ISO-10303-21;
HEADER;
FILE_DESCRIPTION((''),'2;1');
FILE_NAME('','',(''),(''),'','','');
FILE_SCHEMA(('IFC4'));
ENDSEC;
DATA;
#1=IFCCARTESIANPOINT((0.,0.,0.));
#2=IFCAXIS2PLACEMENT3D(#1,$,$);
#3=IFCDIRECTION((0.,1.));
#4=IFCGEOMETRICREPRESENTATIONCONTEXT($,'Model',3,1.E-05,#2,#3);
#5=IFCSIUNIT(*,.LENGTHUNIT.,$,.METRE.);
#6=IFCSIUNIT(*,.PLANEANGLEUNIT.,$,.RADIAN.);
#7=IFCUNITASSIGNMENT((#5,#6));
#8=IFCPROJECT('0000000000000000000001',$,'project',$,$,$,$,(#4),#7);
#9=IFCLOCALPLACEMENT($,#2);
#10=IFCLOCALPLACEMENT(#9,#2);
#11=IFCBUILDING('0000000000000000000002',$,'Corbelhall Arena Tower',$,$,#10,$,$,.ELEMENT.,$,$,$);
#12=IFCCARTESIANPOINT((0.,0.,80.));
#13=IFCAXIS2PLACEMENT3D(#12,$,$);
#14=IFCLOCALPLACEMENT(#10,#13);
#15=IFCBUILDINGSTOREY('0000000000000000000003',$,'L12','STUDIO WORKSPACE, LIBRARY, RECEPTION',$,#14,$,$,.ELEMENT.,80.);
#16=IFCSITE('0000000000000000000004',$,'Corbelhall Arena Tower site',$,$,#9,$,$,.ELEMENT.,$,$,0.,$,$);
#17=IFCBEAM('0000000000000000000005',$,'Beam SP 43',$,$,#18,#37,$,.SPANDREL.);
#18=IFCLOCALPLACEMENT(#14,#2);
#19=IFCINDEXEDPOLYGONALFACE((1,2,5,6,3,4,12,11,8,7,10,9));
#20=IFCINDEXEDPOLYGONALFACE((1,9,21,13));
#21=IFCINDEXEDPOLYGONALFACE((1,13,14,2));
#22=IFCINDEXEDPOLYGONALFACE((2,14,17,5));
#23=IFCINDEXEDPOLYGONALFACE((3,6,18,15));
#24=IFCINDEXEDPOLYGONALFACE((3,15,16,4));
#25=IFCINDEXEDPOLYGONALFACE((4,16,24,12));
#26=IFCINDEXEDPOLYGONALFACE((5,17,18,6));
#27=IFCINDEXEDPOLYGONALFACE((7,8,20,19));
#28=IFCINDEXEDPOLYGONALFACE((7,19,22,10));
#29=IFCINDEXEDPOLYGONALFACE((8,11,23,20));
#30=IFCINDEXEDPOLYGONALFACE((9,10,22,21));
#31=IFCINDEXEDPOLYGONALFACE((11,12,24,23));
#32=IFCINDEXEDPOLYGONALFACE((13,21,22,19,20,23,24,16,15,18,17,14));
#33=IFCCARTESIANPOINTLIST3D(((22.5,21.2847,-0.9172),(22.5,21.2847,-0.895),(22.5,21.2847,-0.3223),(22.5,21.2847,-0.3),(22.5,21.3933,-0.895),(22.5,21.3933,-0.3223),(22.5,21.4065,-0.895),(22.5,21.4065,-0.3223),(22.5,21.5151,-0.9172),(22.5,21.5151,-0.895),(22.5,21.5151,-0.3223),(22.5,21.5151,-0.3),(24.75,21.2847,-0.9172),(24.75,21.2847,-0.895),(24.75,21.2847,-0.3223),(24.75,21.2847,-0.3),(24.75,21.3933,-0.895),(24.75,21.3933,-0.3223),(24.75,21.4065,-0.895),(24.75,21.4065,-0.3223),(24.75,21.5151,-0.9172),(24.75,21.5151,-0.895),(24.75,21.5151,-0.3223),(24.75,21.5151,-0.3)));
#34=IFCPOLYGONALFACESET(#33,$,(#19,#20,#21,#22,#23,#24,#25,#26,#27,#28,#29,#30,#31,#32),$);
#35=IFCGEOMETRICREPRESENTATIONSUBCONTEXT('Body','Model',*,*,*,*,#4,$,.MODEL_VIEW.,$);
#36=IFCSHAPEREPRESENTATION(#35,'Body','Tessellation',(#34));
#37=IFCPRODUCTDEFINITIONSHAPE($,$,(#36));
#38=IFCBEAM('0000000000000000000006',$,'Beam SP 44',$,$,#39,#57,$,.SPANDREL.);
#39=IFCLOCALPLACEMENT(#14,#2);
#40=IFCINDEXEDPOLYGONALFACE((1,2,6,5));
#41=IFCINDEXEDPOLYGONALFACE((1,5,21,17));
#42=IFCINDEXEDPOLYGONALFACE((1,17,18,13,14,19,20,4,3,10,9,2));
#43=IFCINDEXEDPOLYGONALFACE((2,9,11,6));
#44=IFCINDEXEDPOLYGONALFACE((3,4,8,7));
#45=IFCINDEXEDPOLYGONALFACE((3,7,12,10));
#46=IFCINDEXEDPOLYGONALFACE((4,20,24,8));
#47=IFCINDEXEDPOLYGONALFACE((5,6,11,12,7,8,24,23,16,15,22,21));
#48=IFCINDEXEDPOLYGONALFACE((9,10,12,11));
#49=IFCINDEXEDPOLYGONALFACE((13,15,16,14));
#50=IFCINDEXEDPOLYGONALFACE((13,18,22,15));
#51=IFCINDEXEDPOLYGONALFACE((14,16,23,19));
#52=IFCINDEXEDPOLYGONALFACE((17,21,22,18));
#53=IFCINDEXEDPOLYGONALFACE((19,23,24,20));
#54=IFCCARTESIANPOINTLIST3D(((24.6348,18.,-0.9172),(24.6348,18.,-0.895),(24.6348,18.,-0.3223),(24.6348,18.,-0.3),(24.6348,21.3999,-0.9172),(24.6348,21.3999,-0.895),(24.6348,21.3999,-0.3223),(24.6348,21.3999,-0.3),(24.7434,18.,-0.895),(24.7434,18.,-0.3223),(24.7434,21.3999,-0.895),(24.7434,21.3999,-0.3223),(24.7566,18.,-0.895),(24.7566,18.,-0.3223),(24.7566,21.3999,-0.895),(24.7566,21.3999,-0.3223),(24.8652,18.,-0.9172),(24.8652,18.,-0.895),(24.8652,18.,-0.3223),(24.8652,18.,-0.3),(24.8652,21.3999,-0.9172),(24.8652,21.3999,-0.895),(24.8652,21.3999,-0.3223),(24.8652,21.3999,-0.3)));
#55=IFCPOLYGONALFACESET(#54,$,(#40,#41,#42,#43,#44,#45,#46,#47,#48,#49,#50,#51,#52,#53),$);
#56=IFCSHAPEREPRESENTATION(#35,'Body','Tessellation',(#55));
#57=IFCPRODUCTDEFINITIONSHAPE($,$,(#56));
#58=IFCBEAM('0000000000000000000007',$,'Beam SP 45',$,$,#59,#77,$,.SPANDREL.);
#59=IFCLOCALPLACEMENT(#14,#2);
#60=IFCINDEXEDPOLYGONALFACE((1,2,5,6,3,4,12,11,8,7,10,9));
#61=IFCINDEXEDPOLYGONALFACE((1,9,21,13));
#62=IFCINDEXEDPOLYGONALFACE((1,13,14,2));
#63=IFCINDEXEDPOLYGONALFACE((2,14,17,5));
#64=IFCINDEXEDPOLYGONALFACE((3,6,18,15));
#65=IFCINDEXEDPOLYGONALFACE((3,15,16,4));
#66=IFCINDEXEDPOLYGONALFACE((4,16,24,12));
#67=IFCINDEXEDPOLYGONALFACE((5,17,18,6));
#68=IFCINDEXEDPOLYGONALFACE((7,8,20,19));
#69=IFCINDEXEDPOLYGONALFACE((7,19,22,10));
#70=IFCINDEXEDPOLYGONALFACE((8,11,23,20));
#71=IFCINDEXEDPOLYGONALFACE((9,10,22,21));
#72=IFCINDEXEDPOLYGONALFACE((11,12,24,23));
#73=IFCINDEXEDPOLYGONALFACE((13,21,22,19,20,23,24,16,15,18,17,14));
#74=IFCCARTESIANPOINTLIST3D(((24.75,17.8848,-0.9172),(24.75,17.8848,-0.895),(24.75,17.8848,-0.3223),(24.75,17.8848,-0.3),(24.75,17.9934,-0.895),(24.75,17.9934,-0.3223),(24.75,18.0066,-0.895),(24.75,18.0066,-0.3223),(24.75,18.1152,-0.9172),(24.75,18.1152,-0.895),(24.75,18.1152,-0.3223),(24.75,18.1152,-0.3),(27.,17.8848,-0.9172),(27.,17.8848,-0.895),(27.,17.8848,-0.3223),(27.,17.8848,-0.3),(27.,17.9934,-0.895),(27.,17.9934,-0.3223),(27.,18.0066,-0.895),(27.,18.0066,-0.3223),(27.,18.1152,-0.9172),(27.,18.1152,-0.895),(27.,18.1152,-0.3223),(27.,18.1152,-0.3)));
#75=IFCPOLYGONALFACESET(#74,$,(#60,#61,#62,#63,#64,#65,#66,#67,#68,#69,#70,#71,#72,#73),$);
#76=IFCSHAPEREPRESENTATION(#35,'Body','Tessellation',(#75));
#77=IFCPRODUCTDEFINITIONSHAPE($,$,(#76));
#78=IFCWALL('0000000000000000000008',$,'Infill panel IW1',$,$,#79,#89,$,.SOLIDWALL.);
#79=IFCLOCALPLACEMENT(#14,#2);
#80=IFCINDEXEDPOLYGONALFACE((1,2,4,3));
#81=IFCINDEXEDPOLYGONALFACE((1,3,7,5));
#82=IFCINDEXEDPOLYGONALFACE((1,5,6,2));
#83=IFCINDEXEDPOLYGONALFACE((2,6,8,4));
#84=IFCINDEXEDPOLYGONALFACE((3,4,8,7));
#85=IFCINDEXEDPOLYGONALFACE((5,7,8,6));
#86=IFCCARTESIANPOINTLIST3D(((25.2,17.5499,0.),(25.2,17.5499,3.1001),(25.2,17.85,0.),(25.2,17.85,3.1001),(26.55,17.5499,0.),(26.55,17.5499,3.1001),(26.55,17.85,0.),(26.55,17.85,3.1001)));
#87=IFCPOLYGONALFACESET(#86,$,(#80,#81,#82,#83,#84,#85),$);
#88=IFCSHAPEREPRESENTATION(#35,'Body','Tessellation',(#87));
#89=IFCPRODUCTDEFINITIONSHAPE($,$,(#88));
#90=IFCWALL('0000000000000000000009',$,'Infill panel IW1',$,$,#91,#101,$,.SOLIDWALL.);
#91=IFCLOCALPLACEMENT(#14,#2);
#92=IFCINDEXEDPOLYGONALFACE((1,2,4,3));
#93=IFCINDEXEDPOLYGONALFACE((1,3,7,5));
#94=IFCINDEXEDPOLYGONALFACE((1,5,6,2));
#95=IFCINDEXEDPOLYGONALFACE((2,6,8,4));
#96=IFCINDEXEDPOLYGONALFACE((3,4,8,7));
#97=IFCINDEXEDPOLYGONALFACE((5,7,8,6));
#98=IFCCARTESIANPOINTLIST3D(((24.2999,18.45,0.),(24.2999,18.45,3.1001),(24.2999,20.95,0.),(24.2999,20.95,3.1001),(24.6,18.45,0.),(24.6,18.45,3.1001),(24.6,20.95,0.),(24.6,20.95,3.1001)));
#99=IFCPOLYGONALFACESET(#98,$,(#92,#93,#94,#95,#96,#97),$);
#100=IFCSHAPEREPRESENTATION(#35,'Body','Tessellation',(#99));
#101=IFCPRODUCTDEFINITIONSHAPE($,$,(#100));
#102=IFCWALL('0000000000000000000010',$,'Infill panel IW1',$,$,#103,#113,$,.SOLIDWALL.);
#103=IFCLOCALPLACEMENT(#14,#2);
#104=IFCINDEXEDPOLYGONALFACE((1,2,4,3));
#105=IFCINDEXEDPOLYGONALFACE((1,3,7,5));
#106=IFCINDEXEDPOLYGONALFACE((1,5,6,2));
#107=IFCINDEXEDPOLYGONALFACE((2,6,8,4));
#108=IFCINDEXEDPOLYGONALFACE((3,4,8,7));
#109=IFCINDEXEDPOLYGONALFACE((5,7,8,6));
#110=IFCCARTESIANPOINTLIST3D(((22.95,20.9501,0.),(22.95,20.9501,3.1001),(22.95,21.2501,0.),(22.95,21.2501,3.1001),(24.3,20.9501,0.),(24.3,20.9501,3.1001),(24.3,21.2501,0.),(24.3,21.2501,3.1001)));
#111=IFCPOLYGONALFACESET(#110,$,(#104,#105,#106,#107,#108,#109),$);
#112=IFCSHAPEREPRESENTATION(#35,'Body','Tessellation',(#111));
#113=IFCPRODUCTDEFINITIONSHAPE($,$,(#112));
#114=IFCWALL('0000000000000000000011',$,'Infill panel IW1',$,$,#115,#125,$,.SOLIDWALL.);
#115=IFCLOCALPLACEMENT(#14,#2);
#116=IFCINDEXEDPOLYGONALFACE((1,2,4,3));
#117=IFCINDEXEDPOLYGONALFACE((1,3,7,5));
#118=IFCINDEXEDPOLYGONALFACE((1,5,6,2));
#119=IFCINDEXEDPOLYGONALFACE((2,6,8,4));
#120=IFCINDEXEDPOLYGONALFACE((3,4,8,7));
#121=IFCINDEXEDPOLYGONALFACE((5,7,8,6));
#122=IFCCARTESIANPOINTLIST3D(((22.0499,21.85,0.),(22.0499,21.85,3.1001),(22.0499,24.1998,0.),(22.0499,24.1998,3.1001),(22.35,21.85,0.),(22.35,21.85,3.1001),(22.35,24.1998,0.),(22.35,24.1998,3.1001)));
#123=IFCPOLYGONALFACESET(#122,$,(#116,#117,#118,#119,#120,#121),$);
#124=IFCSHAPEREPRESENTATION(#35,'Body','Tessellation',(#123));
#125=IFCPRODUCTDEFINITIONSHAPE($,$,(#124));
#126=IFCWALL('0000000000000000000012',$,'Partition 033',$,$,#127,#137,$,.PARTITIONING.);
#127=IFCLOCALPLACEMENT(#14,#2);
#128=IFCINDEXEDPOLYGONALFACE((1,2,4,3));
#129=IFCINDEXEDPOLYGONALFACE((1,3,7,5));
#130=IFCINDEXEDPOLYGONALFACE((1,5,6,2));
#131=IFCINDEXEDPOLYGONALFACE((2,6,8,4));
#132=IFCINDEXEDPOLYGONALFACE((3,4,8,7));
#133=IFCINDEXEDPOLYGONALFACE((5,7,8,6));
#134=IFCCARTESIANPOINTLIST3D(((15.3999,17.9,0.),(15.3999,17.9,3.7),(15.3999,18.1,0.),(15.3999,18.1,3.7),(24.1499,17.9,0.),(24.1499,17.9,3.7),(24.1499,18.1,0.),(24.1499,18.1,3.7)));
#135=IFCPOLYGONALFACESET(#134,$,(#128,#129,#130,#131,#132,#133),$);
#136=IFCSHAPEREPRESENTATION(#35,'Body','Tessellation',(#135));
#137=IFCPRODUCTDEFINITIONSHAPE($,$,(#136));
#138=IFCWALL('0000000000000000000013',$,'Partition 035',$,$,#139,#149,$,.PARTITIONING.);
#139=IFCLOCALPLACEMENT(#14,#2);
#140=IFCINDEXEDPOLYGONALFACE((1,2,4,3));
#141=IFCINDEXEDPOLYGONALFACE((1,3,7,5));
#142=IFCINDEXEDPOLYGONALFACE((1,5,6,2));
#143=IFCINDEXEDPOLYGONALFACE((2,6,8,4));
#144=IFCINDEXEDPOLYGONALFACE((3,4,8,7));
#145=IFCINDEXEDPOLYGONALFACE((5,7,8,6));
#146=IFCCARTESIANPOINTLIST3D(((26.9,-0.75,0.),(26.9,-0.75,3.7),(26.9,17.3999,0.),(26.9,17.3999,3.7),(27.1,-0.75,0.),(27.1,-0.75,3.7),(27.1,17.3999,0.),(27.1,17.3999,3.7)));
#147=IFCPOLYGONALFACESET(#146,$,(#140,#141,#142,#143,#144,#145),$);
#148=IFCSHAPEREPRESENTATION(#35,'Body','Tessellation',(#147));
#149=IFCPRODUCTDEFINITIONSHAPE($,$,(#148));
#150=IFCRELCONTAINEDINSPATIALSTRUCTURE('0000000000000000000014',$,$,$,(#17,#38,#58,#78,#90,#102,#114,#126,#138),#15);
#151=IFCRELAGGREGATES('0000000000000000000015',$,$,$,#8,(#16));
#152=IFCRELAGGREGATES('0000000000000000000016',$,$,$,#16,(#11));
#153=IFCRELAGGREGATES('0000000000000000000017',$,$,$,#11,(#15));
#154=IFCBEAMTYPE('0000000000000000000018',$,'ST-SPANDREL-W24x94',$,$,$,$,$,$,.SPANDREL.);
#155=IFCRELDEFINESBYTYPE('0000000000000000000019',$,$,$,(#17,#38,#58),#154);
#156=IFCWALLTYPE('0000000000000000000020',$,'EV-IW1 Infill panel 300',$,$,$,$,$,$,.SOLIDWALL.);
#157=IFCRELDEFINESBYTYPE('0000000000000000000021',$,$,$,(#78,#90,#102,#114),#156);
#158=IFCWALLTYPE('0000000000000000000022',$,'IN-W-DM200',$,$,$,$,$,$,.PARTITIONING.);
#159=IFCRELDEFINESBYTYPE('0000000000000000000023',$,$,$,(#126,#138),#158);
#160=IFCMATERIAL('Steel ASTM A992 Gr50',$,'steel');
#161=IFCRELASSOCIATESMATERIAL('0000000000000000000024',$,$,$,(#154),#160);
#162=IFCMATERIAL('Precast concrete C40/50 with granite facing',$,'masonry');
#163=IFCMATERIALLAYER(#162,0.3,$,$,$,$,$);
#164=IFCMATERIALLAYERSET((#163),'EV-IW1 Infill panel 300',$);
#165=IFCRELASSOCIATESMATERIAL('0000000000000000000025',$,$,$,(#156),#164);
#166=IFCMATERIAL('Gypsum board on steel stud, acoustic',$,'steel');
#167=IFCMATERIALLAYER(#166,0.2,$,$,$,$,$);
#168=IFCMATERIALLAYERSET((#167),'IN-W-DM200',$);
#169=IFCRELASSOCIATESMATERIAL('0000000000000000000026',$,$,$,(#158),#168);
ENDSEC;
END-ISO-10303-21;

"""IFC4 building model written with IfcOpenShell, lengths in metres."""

from ifc_helpers import new_model, si_unit, direction, frame, frame_2d, origin, origin_2d, place, context, subcontext, project, spatial, rectangle, i_section, extrude, material, layer, layer_set, material_profile, profile_set, type_object, element, save


model = new_model("IFC4")

# Units and contexts
model_context = context("Model", 3, precision=1e-05, world=origin(), true_north=direction((0.0, 1.0)))
body_context = subcontext(model_context, "Body", "Model", "MODEL_VIEW")
ifc_project = project(units=[si_unit("LENGTHUNIT", "METRE"), si_unit("PLANEANGLEUNIT", "RADIAN")], contexts=[model_context])

# Site, building, storey
site_placement = place(None, origin())
site = spatial("IfcSite", under=ifc_project, at=site_placement, Name="Corbelhall Arena Tower site", CompositionType="ELEMENT", RefElevation=0.0)
building_placement = place(site_placement, origin())
building = spatial("IfcBuilding", under=site, at=building_placement, Name="Corbelhall Arena Tower", CompositionType="ELEMENT")
storey_placement = place(building_placement, frame((0.0, 0.0, 80.0)))
storey = spatial("IfcBuildingStorey", under=building, at=storey_placement, Name="L12", Description="STUDIO WORKSPACE, LIBRARY, RECEPTION", CompositionType="ELEMENT", Elevation=80.0)

# Beams
ifc_material_1 = material(Name="Steel ASTM A992 Gr50", Category="steel")
ifc_material_profile_1 = material_profile(ifc_material_1, i_section(OverallWidth=0.2305, OverallDepth=0.6172, WebThickness=0.0132, FlangeThickness=0.0222, at=origin_2d()))
ifc_profile_set_1 = profile_set([ifc_material_profile_1], Name="Steel ASTM A992 Gr50")
beam_type = type_object("IfcBeamType", Name="ST-SPANDREL-W24x94", PredefinedType="SPANDREL", material=ifc_profile_set_1)
beam_1_placement = place(storey_placement, frame((22.5, 21.3999, -0.6086), z_axis=(1.0, 0.0, 0.0), x_axis=(0.0, 1.0, 0.0)))
element("IfcBeam", 1, at=beam_1_placement, inside=storey, type_object=beam_type, Name="Beam SP 43", PredefinedType="SPANDREL", context=body_context, shape_type="SweptSolid", body=[
    extrude(i_section(OverallWidth=0.2305, OverallDepth=0.6172, WebThickness=0.0132, FlangeThickness=0.0222, at=origin_2d()), origin(), (0.0, 0.0, 1.0), 2.25),
])
beam_2_placement = place(storey_placement, frame((24.75, 21.3999, -0.6086), z_axis=(0.0, -1.0, 0.0), x_axis=(1.0, 0.0, 0.0)))
element("IfcBeam", 2, at=beam_2_placement, inside=storey, type_object=beam_type, Name="Beam SP 44", PredefinedType="SPANDREL", context=body_context, shape_type="SweptSolid", body=[
    extrude(i_section(OverallWidth=0.2305, OverallDepth=0.6172, WebThickness=0.0132, FlangeThickness=0.0222, at=origin_2d()), origin(), (0.0, 0.0, 1.0), 3.3999),
])
beam_3_placement = place(storey_placement, frame((24.75, 18.0, -0.6086), z_axis=(1.0, 0.0, 0.0), x_axis=(0.0, 1.0, 0.0)))
element("IfcBeam", 3, at=beam_3_placement, inside=storey, type_object=beam_type, Name="Beam SP 45", PredefinedType="SPANDREL", context=body_context, shape_type="SweptSolid", body=[
    extrude(i_section(OverallWidth=0.2305, OverallDepth=0.6172, WebThickness=0.0132, FlangeThickness=0.0222, at=origin_2d()), origin(), (0.0, 0.0, 1.0), 2.25),
])

# Walls
ifc_material_2 = material(Name="Precast concrete C40/50 with granite facing", Category="masonry")
ifc_layer_1 = layer(ifc_material_2, 0.3)
ifc_layer_set_1 = layer_set([ifc_layer_1], Name="EV-IW1 Infill panel 300")
wall_type_1 = type_object("IfcWallType", Name="EV-IW1 Infill panel 300", PredefinedType="SOLIDWALL", material=ifc_layer_set_1)
wall_1_placement = place(storey_placement, frame((26.55, 17.7, 0.0), z_axis=(0.0, 0.0, 1.0), x_axis=(-1.0, 0.0, 0.0)))
element("IfcWall", 4, at=wall_1_placement, inside=storey, type_object=wall_type_1, Name="Infill panel IW1", PredefinedType="SOLIDWALL", context=body_context, shape_type="SweptSolid", body=[
    extrude(rectangle(XDim=1.3501, YDim=0.3, at=frame_2d((0.675, 0.0))), origin(), (0.0, 0.0, 1.0), 3.1001),
])
wall_2_placement = place(storey_placement, frame((24.45, 18.45, 0.0), z_axis=(0.0, 0.0, 1.0), x_axis=(0.0, 1.0, 0.0)))
element("IfcWall", 5, at=wall_2_placement, inside=storey, type_object=wall_type_1, Name="Infill panel IW1", PredefinedType="SOLIDWALL", context=body_context, shape_type="SweptSolid", body=[
    extrude(rectangle(XDim=2.5, YDim=0.3, at=frame_2d((1.25, 0.0))), origin(), (0.0, 0.0, 1.0), 3.1001),
])
wall_3_placement = place(storey_placement, frame((24.3, 21.1001, 0.0), z_axis=(0.0, 0.0, 1.0), x_axis=(-1.0, 0.0, 0.0)))
element("IfcWall", 6, at=wall_3_placement, inside=storey, type_object=wall_type_1, Name="Infill panel IW1", PredefinedType="SOLIDWALL", context=body_context, shape_type="SweptSolid", body=[
    extrude(rectangle(XDim=1.3501, YDim=0.3, at=frame_2d((0.675, 0.0))), origin(), (0.0, 0.0, 1.0), 3.1001),
])
wall_4_placement = place(storey_placement, frame((22.2, 21.8501, 0.0), z_axis=(0.0, 0.0, 1.0), x_axis=(0.0, 1.0, 0.0)))
element("IfcWall", 7, at=wall_4_placement, inside=storey, type_object=wall_type_1, Name="Infill panel IW1", PredefinedType="SOLIDWALL", context=body_context, shape_type="SweptSolid", body=[
    extrude(rectangle(XDim=2.3499, YDim=0.3, at=frame_2d((1.1748, 0.0))), origin(), (0.0, 0.0, 1.0), 3.1001),
])

# Shared definitions
ifc_material_3 = material(Name="Gypsum board on steel stud, acoustic", Category="steel")
ifc_layer_2 = layer(ifc_material_3, 0.2)
ifc_layer_set_2 = layer_set([ifc_layer_2], Name="IN-W-DM200")
wall_type_2 = type_object("IfcWallType", Name="IN-W-DM200", PredefinedType="PARTITIONING", material=ifc_layer_set_2)

# Walls
wall_5_placement = place(storey_placement, frame((15.3999, 18.0, 0.0), z_axis=(0.0, 0.0, 1.0), x_axis=(1.0, 0.0, 0.0)))
element("IfcWall", 8, at=wall_5_placement, inside=storey, type_object=wall_type_2, Name="Partition 033", PredefinedType="PARTITIONING", context=body_context, shape_type="SweptSolid", body=[
    extrude(rectangle(XDim=8.75, YDim=0.2, at=frame_2d((4.375, 0.0))), origin(), (0.0, 0.0, 1.0), 3.7),
])
wall_6_placement = place(storey_placement, frame((27.0, 17.3999, 0.0), z_axis=(0.0, 0.0, 1.0), x_axis=(0.0, -1.0, 0.0)))
element("IfcWall", 9, at=wall_6_placement, inside=storey, type_object=wall_type_2, Name="Partition 035", PredefinedType="PARTITIONING", context=body_context, shape_type="SweptSolid", body=[
    extrude(rectangle(XDim=18.1499, YDim=0.2, at=frame_2d((9.075, 0.0))), origin(), (0.0, 0.0, 1.0), 3.7),
])

save(model, "model.ifc")
